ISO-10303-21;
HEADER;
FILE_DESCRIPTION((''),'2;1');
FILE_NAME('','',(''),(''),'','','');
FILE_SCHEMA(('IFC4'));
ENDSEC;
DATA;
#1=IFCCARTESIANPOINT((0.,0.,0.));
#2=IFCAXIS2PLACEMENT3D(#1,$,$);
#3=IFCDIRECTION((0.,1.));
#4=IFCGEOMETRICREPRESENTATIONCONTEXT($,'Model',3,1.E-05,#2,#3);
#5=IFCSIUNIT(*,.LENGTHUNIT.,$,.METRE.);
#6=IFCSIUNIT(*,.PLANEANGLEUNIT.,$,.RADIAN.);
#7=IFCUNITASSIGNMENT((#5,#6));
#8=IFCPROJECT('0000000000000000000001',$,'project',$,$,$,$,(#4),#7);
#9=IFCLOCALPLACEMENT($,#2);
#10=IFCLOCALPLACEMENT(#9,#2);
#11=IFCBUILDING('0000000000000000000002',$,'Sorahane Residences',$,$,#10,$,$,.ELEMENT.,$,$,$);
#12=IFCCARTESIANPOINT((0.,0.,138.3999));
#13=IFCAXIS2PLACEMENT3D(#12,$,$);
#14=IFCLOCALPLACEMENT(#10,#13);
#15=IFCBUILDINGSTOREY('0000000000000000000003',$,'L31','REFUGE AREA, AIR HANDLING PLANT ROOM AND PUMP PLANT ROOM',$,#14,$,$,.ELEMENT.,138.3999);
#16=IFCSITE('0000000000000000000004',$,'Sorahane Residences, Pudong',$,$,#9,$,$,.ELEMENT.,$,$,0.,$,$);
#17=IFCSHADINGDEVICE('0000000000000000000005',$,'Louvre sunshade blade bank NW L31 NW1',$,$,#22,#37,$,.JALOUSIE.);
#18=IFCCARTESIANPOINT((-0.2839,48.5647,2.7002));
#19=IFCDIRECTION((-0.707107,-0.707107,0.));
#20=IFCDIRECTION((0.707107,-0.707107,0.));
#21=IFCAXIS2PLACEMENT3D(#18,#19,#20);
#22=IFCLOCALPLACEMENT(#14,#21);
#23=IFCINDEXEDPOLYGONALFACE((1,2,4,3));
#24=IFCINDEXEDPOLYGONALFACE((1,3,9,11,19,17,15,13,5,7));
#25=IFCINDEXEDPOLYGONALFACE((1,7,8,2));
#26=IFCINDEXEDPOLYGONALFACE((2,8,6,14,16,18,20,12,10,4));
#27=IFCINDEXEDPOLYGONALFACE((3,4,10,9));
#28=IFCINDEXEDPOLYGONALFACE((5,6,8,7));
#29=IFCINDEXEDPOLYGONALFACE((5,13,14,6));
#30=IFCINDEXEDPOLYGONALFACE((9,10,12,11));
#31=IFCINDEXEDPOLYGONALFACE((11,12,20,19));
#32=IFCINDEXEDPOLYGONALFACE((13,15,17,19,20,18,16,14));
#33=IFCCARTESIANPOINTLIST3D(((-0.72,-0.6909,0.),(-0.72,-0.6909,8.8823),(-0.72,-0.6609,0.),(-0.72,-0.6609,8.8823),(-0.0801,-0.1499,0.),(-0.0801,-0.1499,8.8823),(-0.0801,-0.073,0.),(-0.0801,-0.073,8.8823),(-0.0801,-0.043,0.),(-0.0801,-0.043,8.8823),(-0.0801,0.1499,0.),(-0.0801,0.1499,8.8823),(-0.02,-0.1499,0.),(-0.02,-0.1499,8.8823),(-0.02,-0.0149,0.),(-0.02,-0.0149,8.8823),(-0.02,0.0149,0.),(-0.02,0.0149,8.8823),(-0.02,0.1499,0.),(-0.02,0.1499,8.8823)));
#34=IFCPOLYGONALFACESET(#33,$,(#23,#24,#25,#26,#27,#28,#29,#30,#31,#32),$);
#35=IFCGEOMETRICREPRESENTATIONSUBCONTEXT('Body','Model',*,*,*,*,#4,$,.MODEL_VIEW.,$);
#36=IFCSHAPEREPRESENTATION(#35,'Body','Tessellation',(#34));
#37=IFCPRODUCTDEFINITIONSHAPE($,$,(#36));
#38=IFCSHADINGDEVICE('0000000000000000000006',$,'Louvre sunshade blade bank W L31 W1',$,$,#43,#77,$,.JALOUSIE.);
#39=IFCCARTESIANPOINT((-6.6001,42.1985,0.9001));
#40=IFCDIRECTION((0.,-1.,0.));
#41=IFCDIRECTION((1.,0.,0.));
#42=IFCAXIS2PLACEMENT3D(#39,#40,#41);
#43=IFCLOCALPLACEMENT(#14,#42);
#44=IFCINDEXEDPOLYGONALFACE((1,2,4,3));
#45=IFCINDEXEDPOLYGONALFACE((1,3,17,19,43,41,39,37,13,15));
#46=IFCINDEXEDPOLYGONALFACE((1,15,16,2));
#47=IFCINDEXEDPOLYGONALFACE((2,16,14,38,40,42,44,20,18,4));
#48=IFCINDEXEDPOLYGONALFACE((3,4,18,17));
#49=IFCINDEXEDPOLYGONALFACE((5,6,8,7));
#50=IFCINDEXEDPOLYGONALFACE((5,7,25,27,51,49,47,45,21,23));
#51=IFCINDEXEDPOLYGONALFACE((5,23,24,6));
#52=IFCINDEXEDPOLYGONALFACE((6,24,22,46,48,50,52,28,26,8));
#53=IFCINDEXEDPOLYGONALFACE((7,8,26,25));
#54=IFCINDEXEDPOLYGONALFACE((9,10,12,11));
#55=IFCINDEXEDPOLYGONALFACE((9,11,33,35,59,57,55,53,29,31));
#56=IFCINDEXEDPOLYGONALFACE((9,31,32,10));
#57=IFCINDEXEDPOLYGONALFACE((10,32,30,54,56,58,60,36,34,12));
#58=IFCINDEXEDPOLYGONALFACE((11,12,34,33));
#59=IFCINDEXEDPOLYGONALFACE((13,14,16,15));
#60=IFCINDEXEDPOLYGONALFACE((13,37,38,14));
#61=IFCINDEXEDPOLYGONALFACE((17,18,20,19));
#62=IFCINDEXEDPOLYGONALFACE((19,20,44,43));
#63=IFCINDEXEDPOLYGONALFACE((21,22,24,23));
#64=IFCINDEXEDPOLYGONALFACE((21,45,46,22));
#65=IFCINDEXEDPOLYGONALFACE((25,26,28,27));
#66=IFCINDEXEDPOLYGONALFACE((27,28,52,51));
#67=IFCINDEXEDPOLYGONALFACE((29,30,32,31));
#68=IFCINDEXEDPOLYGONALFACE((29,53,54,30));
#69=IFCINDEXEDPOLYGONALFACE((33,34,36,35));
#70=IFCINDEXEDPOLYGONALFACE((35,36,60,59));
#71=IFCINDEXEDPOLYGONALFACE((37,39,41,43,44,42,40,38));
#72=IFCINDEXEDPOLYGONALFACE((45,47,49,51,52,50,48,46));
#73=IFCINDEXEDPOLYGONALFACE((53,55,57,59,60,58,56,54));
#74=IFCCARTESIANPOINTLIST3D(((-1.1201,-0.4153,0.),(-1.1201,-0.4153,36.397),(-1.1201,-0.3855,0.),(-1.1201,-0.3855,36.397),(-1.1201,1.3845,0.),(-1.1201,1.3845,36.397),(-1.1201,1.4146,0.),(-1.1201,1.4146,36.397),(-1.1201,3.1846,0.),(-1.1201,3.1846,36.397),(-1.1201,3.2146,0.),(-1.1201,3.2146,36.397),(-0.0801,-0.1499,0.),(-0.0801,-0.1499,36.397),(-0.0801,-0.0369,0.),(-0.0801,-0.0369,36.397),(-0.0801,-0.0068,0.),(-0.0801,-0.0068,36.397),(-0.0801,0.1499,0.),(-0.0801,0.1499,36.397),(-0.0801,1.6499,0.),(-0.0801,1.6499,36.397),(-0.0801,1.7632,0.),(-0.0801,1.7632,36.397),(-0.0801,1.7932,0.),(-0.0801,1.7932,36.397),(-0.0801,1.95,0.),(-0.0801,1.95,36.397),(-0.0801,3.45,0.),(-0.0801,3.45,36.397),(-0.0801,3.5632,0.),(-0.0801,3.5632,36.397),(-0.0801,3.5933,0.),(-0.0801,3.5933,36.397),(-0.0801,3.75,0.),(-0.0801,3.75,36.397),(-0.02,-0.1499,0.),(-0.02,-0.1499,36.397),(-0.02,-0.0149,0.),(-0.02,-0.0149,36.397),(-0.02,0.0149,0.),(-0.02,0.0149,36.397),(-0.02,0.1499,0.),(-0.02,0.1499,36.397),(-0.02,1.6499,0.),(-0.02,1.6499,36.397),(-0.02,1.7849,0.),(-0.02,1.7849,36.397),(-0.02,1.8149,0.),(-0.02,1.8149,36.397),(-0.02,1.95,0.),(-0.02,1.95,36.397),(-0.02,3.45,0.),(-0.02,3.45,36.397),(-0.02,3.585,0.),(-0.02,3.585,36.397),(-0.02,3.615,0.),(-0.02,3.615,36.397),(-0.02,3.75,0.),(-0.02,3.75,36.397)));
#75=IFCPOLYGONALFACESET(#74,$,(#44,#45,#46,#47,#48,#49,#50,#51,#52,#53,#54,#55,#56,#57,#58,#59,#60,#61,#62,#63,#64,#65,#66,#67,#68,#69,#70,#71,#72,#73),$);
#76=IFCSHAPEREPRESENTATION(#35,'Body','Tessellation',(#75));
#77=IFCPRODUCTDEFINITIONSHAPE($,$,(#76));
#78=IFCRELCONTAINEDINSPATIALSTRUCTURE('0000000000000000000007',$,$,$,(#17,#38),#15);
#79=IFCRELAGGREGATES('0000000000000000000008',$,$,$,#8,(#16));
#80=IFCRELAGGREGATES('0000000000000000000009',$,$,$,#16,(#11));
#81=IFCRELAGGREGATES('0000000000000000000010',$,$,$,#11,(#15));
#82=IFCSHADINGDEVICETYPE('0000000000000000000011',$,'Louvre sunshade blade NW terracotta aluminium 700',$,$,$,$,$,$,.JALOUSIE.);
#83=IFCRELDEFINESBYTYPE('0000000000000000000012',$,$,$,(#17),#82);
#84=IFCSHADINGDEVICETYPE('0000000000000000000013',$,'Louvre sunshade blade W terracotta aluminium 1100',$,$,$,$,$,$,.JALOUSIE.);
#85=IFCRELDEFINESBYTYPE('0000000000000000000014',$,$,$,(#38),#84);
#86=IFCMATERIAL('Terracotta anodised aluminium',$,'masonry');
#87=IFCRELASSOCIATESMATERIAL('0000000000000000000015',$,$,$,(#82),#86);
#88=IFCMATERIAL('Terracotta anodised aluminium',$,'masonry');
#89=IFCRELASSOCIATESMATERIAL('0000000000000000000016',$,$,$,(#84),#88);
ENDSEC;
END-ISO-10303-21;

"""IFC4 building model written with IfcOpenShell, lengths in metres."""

from ifc_helpers import new_model, si_unit, direction, frame, origin, place, context, subcontext, project, spatial, polyline, outline, composite_profile, extrude, material, type_object, element, save


model = new_model("IFC4")

# Units and contexts
model_context = context("Model", 3, precision=1e-05, world=origin(), true_north=direction((0.0, 1.0)))
body_context = subcontext(model_context, "Body", "Model", "MODEL_VIEW")
ifc_project = project(units=[si_unit("LENGTHUNIT", "METRE"), si_unit("PLANEANGLEUNIT", "RADIAN")], contexts=[model_context])

# Site, building, storey
site_placement = place(None, origin())
site = spatial("IfcSite", under=ifc_project, at=site_placement, Name="Sorahane Residences, Pudong", CompositionType="ELEMENT", RefElevation=0.0)
building_placement = place(site_placement, origin())
building = spatial("IfcBuilding", under=site, at=building_placement, Name="Sorahane Residences", CompositionType="ELEMENT")
storey_placement = place(building_placement, frame((0.0, 0.0, 138.3999)))
storey = spatial("IfcBuildingStorey", under=building, at=storey_placement, Name="L31", Description="REFUGE AREA, AIR HANDLING PLANT ROOM AND PUMP PLANT ROOM", CompositionType="ELEMENT", Elevation=138.3999)

# Shading devices
ifc_material_1 = material(Name="Terracotta anodised aluminium", Category="masonry")
shading_device_type_1 = type_object("IfcShadingDeviceType", Name="Louvre sunshade blade NW terracotta aluminium 700", PredefinedType="JALOUSIE", material=ifc_material_1)
shading_device_1_placement = place(storey_placement, frame((-0.2839, 48.5647, 2.7002), z_axis=(-0.707107, -0.707107, 0.0), x_axis=(0.707107, -0.707107, 0.0)))
element("IfcShadingDevice", 1, at=shading_device_1_placement, inside=storey, type_object=shading_device_type_1, Name="Louvre sunshade blade bank NW L31 NW1", PredefinedType="JALOUSIE", context=body_context, shape_type="SweptSolid", body=[
    extrude(outline(polyline([(-0.72, -0.6609), (-0.72, -0.6909), (-0.0801, -0.073), (-0.0801, -0.1499), (-0.02, -0.1499), (-0.02, -0.0149), (-0.02, 0.0149), (-0.02, 0.1499), (-0.0801, 0.1499), (-0.0801, -0.043), (-0.72, -0.6609)])), origin(), (0.0, 0.0, 1.0), 8.8823),
])
ifc_material_2 = material(Name="Terracotta anodised aluminium", Category="masonry")
shading_device_type_2 = type_object("IfcShadingDeviceType", Name="Louvre sunshade blade W terracotta aluminium 1100", PredefinedType="JALOUSIE", material=ifc_material_2)
shading_device_2_placement = place(storey_placement, frame((-6.6001, 42.1985, 0.9001), z_axis=(0.0, -1.0, 0.0), x_axis=(1.0, 0.0, 0.0)))
element("IfcShadingDevice", 2, at=shading_device_2_placement, inside=storey, type_object=shading_device_type_2, Name="Louvre sunshade blade bank W L31 W1", PredefinedType="JALOUSIE", context=body_context, shape_type="SweptSolid", body=[
    extrude(composite_profile([outline(polyline([(-1.1201, -0.3855), (-1.1201, -0.4153), (-0.0801, -0.0369), (-0.0801, -0.1499), (-0.02, -0.1499), (-0.02, -0.0149), (-0.02, 0.0149), (-0.02, 0.1499), (-0.0801, 0.1499), (-0.0801, -0.0068), (-1.1201, -0.3855)])), outline(polyline([(-1.1201, 1.4146), (-1.1201, 1.3845), (-0.0801, 1.7632), (-0.0801, 1.6499), (-0.02, 1.6499), (-0.02, 1.7849), (-0.02, 1.8149), (-0.02, 1.95), (-0.0801, 1.95), (-0.0801, 1.7932), (-1.1201, 1.4146)])), outline(polyline([(-1.1201, 3.2146), (-1.1201, 3.1846), (-0.0801, 3.5632), (-0.0801, 3.45), (-0.02, 3.45), (-0.02, 3.585), (-0.02, 3.615), (-0.02, 3.75), (-0.0801, 3.75), (-0.0801, 3.5933), (-1.1201, 3.2146)]))]), origin(), (0.0, 0.0, 1.0), 36.397),
])

save(model, "model.ifc")
